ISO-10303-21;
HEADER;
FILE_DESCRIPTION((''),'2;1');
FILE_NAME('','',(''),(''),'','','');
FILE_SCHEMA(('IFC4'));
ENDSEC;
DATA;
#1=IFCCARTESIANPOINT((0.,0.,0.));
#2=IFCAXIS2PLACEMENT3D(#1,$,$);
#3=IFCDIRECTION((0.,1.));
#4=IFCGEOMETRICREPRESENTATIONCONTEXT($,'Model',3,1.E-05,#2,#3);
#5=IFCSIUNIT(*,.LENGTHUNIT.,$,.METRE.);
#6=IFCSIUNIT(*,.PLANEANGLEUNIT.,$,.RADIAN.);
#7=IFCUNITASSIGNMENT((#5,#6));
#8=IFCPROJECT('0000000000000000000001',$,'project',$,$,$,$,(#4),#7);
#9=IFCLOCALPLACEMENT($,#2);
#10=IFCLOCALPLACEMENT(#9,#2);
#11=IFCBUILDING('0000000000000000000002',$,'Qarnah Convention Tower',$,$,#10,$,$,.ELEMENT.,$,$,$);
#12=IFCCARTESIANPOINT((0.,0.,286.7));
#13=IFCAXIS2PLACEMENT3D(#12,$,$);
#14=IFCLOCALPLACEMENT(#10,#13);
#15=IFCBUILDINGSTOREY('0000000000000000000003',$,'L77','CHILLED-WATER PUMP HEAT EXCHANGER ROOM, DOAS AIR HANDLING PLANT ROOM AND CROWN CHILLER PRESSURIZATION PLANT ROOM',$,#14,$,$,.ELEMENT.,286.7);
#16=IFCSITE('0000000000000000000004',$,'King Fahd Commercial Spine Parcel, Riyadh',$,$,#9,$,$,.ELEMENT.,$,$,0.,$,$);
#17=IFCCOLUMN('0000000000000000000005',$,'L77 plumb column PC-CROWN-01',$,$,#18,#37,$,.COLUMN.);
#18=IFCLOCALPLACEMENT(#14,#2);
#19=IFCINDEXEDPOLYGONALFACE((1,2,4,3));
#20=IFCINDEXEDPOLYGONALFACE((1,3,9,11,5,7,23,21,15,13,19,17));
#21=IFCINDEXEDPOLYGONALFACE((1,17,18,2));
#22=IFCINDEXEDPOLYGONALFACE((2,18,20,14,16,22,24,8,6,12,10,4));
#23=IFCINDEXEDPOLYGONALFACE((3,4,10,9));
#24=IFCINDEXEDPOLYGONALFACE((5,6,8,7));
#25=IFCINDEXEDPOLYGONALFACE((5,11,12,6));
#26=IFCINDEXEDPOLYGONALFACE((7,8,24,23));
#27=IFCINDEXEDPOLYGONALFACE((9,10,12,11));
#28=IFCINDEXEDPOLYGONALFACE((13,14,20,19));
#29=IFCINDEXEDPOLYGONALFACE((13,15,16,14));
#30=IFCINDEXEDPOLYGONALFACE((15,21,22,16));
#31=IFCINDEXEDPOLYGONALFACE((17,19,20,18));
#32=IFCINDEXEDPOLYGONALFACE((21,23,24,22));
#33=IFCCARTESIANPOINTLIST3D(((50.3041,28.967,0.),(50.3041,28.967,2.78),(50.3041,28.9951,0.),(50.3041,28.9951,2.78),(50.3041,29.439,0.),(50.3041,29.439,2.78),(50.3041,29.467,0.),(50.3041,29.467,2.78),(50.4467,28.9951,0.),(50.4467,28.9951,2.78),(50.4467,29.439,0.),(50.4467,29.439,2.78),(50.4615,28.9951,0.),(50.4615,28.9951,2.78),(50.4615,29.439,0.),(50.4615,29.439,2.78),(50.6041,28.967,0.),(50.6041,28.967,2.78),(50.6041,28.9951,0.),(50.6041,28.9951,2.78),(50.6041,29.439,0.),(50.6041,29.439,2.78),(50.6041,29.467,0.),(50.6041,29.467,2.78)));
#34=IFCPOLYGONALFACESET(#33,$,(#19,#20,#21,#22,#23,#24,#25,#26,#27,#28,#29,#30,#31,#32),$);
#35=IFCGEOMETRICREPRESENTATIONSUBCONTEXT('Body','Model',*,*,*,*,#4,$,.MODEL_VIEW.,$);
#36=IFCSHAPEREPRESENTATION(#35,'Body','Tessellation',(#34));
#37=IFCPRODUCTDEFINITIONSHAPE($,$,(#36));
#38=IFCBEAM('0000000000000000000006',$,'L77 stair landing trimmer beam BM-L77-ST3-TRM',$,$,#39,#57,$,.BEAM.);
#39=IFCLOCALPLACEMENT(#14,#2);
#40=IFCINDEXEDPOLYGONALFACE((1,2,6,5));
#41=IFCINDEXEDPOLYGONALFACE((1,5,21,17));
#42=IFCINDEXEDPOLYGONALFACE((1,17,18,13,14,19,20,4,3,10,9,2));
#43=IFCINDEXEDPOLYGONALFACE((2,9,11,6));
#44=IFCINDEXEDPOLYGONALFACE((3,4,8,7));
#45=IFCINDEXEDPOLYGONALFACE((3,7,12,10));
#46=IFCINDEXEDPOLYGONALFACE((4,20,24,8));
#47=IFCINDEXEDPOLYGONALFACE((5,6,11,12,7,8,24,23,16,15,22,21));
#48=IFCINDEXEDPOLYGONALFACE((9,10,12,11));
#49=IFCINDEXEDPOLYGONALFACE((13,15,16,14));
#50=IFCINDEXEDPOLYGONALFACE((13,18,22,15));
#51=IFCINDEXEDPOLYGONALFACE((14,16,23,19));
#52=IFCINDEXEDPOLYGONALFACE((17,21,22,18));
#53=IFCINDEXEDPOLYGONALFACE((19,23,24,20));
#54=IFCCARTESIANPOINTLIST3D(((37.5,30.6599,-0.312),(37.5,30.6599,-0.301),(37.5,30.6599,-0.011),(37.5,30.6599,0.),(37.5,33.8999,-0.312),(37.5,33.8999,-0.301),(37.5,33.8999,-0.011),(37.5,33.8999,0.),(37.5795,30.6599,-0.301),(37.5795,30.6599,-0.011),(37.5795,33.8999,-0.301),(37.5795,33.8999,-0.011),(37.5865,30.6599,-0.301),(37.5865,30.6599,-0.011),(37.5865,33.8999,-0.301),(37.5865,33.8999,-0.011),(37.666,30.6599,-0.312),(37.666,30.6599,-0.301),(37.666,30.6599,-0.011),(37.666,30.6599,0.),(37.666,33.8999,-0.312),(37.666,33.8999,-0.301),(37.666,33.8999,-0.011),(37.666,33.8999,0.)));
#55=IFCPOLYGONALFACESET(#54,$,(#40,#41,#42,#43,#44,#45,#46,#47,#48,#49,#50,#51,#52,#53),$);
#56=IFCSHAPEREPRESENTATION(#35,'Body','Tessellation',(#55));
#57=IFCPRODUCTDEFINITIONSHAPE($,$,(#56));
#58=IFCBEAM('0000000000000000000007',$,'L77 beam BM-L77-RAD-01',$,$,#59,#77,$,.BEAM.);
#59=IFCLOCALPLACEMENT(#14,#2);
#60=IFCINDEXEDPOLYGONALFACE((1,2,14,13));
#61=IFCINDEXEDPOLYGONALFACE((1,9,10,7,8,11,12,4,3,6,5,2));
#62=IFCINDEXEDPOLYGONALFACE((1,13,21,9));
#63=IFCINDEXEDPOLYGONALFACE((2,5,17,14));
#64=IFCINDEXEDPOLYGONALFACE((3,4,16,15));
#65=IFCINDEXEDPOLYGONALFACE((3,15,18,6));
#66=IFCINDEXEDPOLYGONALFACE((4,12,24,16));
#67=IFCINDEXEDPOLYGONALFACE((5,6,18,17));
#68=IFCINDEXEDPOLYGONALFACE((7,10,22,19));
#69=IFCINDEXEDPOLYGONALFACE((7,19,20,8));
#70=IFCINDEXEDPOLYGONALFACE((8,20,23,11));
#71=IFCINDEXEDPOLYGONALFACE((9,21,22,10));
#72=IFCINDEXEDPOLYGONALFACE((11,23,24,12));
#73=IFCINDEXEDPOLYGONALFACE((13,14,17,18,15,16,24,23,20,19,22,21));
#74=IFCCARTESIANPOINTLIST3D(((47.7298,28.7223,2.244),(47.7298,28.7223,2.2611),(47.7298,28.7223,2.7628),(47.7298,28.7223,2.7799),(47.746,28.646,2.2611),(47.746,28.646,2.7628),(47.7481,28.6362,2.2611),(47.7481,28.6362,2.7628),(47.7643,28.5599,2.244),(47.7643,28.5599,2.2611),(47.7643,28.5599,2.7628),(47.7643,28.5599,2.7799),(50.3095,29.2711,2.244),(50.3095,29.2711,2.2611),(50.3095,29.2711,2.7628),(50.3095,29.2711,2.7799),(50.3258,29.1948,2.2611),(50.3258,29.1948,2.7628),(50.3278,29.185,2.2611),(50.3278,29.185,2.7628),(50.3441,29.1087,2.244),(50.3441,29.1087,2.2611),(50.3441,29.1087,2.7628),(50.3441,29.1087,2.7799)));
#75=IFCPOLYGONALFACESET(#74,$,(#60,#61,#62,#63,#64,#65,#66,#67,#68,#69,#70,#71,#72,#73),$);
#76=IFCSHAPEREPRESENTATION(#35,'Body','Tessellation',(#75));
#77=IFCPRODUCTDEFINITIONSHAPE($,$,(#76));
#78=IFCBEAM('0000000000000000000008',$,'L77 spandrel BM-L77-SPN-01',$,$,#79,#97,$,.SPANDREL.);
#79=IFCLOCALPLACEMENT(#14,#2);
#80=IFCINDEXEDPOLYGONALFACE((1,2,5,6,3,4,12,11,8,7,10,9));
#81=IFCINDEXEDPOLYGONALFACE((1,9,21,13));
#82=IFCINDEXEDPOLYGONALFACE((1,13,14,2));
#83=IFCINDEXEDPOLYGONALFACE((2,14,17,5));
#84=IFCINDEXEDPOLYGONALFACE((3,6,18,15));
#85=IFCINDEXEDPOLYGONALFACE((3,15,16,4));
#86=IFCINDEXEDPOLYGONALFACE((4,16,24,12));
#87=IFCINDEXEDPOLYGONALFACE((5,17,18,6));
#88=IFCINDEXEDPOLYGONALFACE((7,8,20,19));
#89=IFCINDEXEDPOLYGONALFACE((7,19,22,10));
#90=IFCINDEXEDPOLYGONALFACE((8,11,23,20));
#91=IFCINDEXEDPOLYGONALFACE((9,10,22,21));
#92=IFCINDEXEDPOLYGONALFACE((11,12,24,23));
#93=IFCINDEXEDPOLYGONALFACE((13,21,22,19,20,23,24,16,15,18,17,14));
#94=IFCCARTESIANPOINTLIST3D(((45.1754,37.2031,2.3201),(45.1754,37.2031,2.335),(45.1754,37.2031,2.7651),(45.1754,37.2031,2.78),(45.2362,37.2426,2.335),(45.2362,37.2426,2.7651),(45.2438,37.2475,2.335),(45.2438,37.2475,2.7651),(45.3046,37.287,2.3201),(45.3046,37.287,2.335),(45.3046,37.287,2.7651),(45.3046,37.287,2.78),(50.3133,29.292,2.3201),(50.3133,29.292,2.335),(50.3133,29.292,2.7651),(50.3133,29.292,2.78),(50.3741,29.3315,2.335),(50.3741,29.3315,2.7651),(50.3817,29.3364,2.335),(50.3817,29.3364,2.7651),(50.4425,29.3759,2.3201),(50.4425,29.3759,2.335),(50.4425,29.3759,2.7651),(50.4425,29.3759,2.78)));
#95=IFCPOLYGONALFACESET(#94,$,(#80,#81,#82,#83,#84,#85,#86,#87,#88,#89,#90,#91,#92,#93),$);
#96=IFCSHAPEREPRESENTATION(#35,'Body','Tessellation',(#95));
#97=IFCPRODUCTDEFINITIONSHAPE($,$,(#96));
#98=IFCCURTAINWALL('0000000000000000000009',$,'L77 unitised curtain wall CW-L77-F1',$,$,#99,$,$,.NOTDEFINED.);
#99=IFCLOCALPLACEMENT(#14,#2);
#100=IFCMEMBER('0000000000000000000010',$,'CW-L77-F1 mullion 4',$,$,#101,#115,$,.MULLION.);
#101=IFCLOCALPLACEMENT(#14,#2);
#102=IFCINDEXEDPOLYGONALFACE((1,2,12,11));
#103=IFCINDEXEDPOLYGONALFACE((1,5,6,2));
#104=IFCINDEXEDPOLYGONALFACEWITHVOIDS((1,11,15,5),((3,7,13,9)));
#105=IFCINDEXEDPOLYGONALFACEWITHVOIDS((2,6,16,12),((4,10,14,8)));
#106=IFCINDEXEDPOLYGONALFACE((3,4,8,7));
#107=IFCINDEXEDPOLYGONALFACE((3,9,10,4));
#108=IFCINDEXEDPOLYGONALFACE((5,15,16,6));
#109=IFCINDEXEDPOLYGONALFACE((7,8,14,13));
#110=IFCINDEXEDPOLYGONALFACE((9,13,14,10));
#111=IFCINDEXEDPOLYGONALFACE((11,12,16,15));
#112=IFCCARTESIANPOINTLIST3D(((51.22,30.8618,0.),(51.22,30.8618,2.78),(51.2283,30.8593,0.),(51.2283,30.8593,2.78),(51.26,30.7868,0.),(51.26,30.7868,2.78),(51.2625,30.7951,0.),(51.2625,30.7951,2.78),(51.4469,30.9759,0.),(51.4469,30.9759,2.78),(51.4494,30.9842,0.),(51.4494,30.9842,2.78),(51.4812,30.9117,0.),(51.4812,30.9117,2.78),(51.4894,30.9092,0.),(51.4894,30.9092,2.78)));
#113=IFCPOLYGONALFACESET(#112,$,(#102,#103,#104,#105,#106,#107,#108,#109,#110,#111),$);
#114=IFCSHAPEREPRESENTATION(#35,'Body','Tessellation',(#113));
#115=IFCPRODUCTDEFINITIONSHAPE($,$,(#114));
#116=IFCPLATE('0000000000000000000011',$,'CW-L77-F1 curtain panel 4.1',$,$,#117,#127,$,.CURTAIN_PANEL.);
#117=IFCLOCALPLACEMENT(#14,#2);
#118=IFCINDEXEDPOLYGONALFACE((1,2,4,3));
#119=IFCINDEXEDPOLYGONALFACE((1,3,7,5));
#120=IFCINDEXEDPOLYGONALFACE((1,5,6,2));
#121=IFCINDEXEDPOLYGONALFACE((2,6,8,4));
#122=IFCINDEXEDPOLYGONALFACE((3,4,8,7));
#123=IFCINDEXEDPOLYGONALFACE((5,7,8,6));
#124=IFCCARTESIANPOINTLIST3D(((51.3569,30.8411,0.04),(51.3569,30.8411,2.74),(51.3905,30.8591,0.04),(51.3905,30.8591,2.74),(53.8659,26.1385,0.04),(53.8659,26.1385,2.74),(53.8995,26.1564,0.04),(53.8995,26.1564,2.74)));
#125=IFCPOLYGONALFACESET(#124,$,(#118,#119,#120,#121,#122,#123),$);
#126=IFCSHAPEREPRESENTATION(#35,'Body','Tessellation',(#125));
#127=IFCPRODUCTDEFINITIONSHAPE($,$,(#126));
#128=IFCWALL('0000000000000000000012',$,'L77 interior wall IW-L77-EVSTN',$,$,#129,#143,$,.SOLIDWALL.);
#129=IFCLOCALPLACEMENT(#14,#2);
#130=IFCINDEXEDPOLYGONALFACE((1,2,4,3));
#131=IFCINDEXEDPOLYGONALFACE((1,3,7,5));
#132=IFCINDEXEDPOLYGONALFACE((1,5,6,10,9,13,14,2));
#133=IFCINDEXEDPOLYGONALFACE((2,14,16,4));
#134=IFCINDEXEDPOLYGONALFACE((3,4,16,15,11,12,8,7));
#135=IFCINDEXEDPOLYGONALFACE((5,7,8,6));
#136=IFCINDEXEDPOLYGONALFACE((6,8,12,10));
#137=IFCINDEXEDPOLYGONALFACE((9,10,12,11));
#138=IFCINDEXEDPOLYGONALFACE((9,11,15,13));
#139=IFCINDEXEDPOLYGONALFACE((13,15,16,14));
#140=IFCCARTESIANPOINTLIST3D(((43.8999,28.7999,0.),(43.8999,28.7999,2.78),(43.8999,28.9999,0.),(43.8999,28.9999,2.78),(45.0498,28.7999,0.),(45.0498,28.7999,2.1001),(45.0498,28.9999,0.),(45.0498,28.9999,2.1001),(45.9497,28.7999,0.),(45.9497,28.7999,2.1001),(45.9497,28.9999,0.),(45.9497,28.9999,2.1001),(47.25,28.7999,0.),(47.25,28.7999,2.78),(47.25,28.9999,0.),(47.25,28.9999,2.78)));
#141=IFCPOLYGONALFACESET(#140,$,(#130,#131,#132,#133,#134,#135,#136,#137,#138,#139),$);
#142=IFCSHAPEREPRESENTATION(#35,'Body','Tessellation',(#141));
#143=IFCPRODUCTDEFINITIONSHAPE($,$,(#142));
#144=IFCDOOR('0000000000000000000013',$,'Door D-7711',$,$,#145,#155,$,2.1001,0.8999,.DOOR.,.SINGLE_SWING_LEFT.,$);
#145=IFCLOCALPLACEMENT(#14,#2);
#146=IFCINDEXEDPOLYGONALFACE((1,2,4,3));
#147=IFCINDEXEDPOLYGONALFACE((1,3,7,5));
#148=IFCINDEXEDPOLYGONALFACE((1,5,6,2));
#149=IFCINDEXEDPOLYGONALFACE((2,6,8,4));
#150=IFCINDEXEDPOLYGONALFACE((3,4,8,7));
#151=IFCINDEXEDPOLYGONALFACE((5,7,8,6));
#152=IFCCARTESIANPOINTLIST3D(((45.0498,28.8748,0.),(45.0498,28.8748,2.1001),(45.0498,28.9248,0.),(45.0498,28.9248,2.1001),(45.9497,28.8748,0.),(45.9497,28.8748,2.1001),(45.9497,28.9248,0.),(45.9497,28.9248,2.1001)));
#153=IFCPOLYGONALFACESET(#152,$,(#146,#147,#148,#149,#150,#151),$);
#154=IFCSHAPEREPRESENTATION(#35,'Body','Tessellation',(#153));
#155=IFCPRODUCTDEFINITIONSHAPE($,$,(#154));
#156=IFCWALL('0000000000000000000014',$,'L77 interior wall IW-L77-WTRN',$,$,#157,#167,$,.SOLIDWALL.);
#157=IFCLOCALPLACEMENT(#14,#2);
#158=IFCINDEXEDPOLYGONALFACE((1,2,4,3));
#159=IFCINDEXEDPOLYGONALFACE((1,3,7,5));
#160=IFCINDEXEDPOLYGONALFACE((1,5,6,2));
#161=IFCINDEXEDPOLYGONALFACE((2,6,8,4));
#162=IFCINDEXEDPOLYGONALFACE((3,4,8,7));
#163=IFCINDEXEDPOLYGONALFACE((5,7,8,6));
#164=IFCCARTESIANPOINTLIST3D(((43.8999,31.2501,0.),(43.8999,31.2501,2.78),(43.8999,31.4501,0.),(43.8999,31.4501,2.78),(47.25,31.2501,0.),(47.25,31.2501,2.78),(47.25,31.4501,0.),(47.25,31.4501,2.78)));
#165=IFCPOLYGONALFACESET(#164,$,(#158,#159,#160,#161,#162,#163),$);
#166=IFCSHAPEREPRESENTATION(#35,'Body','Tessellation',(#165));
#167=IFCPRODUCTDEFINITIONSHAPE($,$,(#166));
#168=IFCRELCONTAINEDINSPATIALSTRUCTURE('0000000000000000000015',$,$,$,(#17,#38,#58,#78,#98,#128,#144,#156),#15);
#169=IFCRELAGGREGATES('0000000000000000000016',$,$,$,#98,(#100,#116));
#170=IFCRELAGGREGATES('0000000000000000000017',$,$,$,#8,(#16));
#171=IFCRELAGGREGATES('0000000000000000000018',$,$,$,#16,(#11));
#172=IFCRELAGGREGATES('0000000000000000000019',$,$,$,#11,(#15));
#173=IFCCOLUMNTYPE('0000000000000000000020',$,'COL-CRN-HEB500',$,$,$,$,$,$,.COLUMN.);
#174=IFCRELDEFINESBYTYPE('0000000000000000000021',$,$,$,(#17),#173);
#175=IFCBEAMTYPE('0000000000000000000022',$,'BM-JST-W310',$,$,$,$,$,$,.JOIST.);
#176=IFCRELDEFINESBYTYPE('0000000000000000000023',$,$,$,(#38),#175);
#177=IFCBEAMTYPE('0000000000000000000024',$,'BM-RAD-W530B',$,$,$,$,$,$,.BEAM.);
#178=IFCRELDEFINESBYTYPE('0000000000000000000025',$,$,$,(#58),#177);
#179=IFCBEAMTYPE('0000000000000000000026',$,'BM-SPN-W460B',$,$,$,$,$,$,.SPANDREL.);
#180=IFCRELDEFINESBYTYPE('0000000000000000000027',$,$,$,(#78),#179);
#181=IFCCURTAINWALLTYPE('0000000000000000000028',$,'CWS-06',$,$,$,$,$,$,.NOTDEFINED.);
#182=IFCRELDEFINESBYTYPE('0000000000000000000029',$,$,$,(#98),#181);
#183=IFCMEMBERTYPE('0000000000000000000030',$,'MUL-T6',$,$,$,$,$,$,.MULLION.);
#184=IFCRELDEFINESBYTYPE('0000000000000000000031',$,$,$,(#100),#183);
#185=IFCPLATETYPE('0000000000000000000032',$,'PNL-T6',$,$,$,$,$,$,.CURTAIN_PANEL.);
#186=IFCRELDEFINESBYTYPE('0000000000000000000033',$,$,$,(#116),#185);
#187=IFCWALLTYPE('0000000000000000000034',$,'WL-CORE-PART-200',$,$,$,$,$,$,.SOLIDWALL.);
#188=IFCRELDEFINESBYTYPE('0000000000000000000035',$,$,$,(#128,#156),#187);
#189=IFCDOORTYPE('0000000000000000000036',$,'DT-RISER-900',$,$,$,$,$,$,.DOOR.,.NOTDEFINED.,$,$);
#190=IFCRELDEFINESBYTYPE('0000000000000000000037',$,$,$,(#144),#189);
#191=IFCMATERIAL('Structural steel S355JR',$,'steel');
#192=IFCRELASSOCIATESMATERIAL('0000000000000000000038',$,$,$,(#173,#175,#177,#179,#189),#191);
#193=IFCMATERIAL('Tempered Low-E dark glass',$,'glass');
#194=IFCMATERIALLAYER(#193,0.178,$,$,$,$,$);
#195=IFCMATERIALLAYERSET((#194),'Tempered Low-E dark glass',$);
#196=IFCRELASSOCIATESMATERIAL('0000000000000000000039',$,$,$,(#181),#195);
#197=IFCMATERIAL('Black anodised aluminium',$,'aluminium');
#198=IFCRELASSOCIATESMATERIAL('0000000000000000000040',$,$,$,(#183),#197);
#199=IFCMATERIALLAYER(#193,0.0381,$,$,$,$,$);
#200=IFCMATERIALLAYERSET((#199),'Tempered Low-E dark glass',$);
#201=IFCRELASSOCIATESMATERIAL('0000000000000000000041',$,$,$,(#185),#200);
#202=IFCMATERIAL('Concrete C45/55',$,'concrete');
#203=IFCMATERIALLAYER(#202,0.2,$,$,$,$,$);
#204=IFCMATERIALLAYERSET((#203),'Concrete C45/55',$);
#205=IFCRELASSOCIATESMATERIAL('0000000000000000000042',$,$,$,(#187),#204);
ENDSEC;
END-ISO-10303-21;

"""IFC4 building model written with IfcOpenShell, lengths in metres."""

from ifc_helpers import new_model, si_unit, direction, frame, frame_2d, origin, origin_2d, place, context, subcontext, project, spatial, rectangle, hollow_rectangle, i_section, extrude, material, layer, layer_set, material_profile, profile_set, type_object, element, fill, aggregate, save


model = new_model("IFC4")

# Units and contexts
model_context = context("Model", 3, precision=1e-05, world=origin(), true_north=direction((0.0, 1.0)))
body_context = subcontext(model_context, "Body", "Model", "MODEL_VIEW")
ifc_project = project(units=[si_unit("LENGTHUNIT", "METRE"), si_unit("PLANEANGLEUNIT", "RADIAN")], contexts=[model_context])

# Site, building, storey
site_placement = place(None, origin())
site = spatial("IfcSite", under=ifc_project, at=site_placement, Name="King Fahd Commercial Spine Parcel, Riyadh", CompositionType="ELEMENT", RefElevation=0.0)
building_placement = place(site_placement, origin())
building = spatial("IfcBuilding", under=site, at=building_placement, Name="Qarnah Convention Tower", CompositionType="ELEMENT")
storey_placement = place(building_placement, frame((0.0, 0.0, 286.7)))
storey = spatial("IfcBuildingStorey", under=building, at=storey_placement, Name="L77", Description="CHILLED-WATER PUMP HEAT EXCHANGER ROOM, DOAS AIR HANDLING PLANT ROOM AND CROWN CHILLER PRESSURIZATION PLANT ROOM", CompositionType="ELEMENT", Elevation=286.7)

# Column
ifc_material_1 = material(Name="Structural steel S355JR", Category="steel")
ifc_material_profile_1 = material_profile(ifc_material_1, i_section(OverallWidth=0.3, OverallDepth=0.5, WebThickness=0.0149, FlangeThickness=0.0281, at=origin_2d()), Name="HEB500")
ifc_profile_set_1 = profile_set([ifc_material_profile_1], Name="Structural steel S355JR")
column_type = type_object("IfcColumnType", Name="COL-CRN-HEB500", PredefinedType="COLUMN", material=ifc_profile_set_1)
column_placement = place(storey_placement, frame((50.4541, 29.217, 0.0), z_axis=(0.0, 0.0, 1.0), x_axis=(1.0, 0.0, 0.0)))
element("IfcColumn", 1, at=column_placement, inside=storey, type_object=column_type, Name="L77 plumb column PC-CROWN-01", PredefinedType="COLUMN", context=body_context, shape_type="SweptSolid", body=[
    extrude(i_section(OverallWidth=0.3, OverallDepth=0.5, WebThickness=0.0149, FlangeThickness=0.0281, at=origin_2d()), origin(), (0.0, 0.0, 1.0), 2.78),
])

# Beams
ifc_material_profile_2 = material_profile(ifc_material_1, i_section(OverallWidth=0.166, OverallDepth=0.312, WebThickness=0.0071, FlangeThickness=0.011, at=origin_2d()), Name="W310X45")
ifc_profile_set_2 = profile_set([ifc_material_profile_2], Name="Structural steel S355JR")
beam_type_1 = type_object("IfcBeamType", Name="BM-JST-W310", PredefinedType="JOIST", material=ifc_profile_set_2)
beam_1_placement = place(storey_placement, frame((37.583, 30.6599, -0.156), z_axis=(0.0, 1.0, 0.0), x_axis=(-1.0, 0.0, 0.0)))
element("IfcBeam", 2, at=beam_1_placement, inside=storey, type_object=beam_type_1, Name="L77 stair landing trimmer beam BM-L77-ST3-TRM", PredefinedType="BEAM", context=body_context, shape_type="SweptSolid", body=[
    extrude(i_section(OverallWidth=0.166, OverallDepth=0.312, WebThickness=0.0071, FlangeThickness=0.011, at=origin_2d()), origin(), (0.0, 0.0, 1.0), 3.24),
])
ifc_material_profile_3 = material_profile(ifc_material_1, i_section(OverallWidth=0.166, OverallDepth=0.5359, WebThickness=0.01, FlangeThickness=0.0171, at=origin_2d()), Name="W530X85")
ifc_profile_set_3 = profile_set([ifc_material_profile_3], Name="Structural steel S355JR")
beam_type_2 = type_object("IfcBeamType", Name="BM-RAD-W530B", PredefinedType="BEAM", material=ifc_profile_set_3)
beam_2_placement = place(storey_placement, frame((47.7471, 28.6411, 2.512), z_axis=(0.978112, 0.208081, 0.0), x_axis=(-0.208081, 0.978112, 0.0)))
element("IfcBeam", 3, at=beam_2_placement, inside=storey, type_object=beam_type_2, Name="L77 beam BM-L77-RAD-01", PredefinedType="BEAM", context=body_context, shape_type="SweptSolid", body=[
    extrude(i_section(OverallWidth=0.166, OverallDepth=0.5359, WebThickness=0.01, FlangeThickness=0.0171, at=origin_2d()), origin(), (0.0, 0.0, 1.0), 2.6375),
])
ifc_material_profile_4 = material_profile(ifc_material_1, i_section(OverallWidth=0.1541, OverallDepth=0.46, WebThickness=0.009, FlangeThickness=0.0149, at=origin_2d()), Name="W460X68")
ifc_profile_set_4 = profile_set([ifc_material_profile_4], Name="Structural steel S355JR")
beam_type_3 = type_object("IfcBeamType", Name="BM-SPN-W460B", PredefinedType="SPANDREL", material=ifc_profile_set_4)
beam_3_placement = place(storey_placement, frame((50.3779, 29.334, 2.55), z_axis=(-0.544668, 0.838652, 0.0), x_axis=(-0.838652, -0.544668, 0.0)))
element("IfcBeam", 4, at=beam_3_placement, inside=storey, type_object=beam_type_3, Name="L77 spandrel BM-L77-SPN-01", PredefinedType="SPANDREL", context=body_context, shape_type="SweptSolid", body=[
    extrude(i_section(OverallWidth=0.1541, OverallDepth=0.46, WebThickness=0.009, FlangeThickness=0.0149, at=origin_2d()), origin(), (0.0, 0.0, 1.0), 9.4331),
])

# Curtain wall, member, plate
ifc_material_2 = material(Name="Tempered Low-E dark glass", Category="glass")
ifc_layer_1 = layer(ifc_material_2, 0.178)
ifc_layer_set_1 = layer_set([ifc_layer_1], Name="Tempered Low-E dark glass")
curtain_wall_type = type_object("IfcCurtainWallType", Name="CWS-06", PredefinedType="NOTDEFINED", material=ifc_layer_set_1)
curtain_wall_placement = place(storey_placement, origin())
curtain_wall = element("IfcCurtainWall", 5, at=curtain_wall_placement, inside=storey, type_object=curtain_wall_type, Name="L77 unitised curtain wall CW-L77-F1", PredefinedType="NOTDEFINED")
ifc_material_3 = material(Name="Black anodised aluminium", Category="aluminium")
ifc_material_profile_5 = material_profile(ifc_material_3, hollow_rectangle(XDim=0.085, YDim=0.26, WallThickness=0.0061, at=origin_2d()), Name="MUL-85X260")
ifc_profile_set_5 = profile_set([ifc_material_profile_5], Name="Black anodised aluminium")
member_type = type_object("IfcMemberType", Name="MUL-T6", PredefinedType="MULLION", material=ifc_profile_set_5)
member_placement = place(storey_placement, frame((51.3547, 30.8855, 0.0), z_axis=(0.0, 0.0, 1.0), x_axis=(0.470717, -0.882284, 0.0)))
member = element("IfcMember", 6, at=member_placement, type_object=member_type, Name="CW-L77-F1 mullion 4", PredefinedType="MULLION", context=body_context, shape_type="SweptSolid", body=[
    extrude(hollow_rectangle(XDim=0.085, YDim=0.26, WallThickness=0.0061, at=origin_2d()), origin(), (0.0, 0.0, 1.0), 2.78),
])
ifc_layer_2 = layer(ifc_material_2, 0.0381)
ifc_layer_set_2 = layer_set([ifc_layer_2], Name="Tempered Low-E dark glass")
plate_type = type_object("IfcPlateType", Name="PNL-T6", PredefinedType="CURTAIN_PANEL", material=ifc_layer_set_2)
plate_placement = place(storey_placement, frame((52.6282, 28.4988, 0.04), z_axis=(0.0, 0.0, 1.0), x_axis=(0.470717, -0.882284, 0.0)))
plate = element("IfcPlate", 7, at=plate_placement, type_object=plate_type, Name="CW-L77-F1 curtain panel 4.1", PredefinedType="CURTAIN_PANEL", context=body_context, shape_type="SweptSolid", body=[
    extrude(rectangle(XDim=5.3301, YDim=0.0381, at=origin_2d()), origin(), (0.0, 0.0, 1.0), 2.7),
])
aggregate(curtain_wall, [member, plate])

# Wall, opening, door
ifc_material_4 = material(Name="Concrete C45/55", Category="concrete")
ifc_layer_3 = layer(ifc_material_4, 0.2)
ifc_layer_set_3 = layer_set([ifc_layer_3], Name="Concrete C45/55")
wall_type_1 = type_object("IfcWallType", Name="WL-CORE-PART-200", PredefinedType="SOLIDWALL", material=ifc_layer_set_3)
wall_1_placement = place(storey_placement, frame((43.8999, 28.8999, 0.0), z_axis=(0.0, 0.0, 1.0), x_axis=(1.0, 0.0, 0.0)))
wall_1 = element("IfcWall", 8, at=wall_1_placement, inside=storey, type_object=wall_type_1, Name="L77 interior wall IW-L77-EVSTN", PredefinedType="SOLIDWALL", context=body_context, shape_type="SweptSolid", body=[
    extrude(rectangle(XDim=3.3501, YDim=0.2, at=frame_2d((1.675, 0.0))), origin(), (0.0, 0.0, 1.0), 2.78),
])
opening_1_placement = place(wall_1_placement, frame((1.1499, 0.0, 0.0)))
opening_1 = element("IfcOpeningElement", 9, at=opening_1_placement, cuts=wall_1, PredefinedType="OPENING", context=body_context, shape_type="SweptSolid", body=[
    extrude(rectangle(XDim=0.8999, YDim=2.1001, at=frame_2d((0.45, 1.05))), frame((0.0, 0.1099, 0.0), z_axis=(0.0, -1.0, 0.0), x_axis=(1.0, 0.0, 0.0)), (0.0, 0.0, 1.0), 0.22),
])
door_type_1 = type_object("IfcDoorType", Name="DT-RISER-900", OperationType="NOTDEFINED", PredefinedType="DOOR", material=ifc_material_1)
door_1_placement = place(opening_1_placement, origin())
door_1 = element("IfcDoor", 10, at=door_1_placement, inside=storey, type_object=door_type_1, Name="Door D-7711", OperationType="SINGLE_SWING_LEFT", OverallHeight=2.1001, OverallWidth=0.8999, PredefinedType="DOOR", context=body_context, shape_type="SweptSolid", body=[
    extrude(rectangle(XDim=0.8999, YDim=2.1001, at=frame_2d((0.45, 1.05))), frame((0.0, 0.0249, 0.0), z_axis=(0.0, -1.0, 0.0), x_axis=(1.0, 0.0, 0.0)), (0.0, 0.0, 1.0), 0.05),
])
fill(opening_1, door_1)

# Wall
wall_2_placement = place(storey_placement, frame((43.8999, 31.3501, 0.0), z_axis=(0.0, 0.0, 1.0), x_axis=(1.0, 0.0, 0.0)))
element("IfcWall", 11, at=wall_2_placement, inside=storey, type_object=wall_type_1, Name="L77 interior wall IW-L77-WTRN", PredefinedType="SOLIDWALL", context=body_context, shape_type="SweptSolid", body=[
    extrude(rectangle(XDim=3.3501, YDim=0.2, at=frame_2d((1.675, 0.0))), origin(), (0.0, 0.0, 1.0), 2.78),
])

save(model, "model.ifc")
